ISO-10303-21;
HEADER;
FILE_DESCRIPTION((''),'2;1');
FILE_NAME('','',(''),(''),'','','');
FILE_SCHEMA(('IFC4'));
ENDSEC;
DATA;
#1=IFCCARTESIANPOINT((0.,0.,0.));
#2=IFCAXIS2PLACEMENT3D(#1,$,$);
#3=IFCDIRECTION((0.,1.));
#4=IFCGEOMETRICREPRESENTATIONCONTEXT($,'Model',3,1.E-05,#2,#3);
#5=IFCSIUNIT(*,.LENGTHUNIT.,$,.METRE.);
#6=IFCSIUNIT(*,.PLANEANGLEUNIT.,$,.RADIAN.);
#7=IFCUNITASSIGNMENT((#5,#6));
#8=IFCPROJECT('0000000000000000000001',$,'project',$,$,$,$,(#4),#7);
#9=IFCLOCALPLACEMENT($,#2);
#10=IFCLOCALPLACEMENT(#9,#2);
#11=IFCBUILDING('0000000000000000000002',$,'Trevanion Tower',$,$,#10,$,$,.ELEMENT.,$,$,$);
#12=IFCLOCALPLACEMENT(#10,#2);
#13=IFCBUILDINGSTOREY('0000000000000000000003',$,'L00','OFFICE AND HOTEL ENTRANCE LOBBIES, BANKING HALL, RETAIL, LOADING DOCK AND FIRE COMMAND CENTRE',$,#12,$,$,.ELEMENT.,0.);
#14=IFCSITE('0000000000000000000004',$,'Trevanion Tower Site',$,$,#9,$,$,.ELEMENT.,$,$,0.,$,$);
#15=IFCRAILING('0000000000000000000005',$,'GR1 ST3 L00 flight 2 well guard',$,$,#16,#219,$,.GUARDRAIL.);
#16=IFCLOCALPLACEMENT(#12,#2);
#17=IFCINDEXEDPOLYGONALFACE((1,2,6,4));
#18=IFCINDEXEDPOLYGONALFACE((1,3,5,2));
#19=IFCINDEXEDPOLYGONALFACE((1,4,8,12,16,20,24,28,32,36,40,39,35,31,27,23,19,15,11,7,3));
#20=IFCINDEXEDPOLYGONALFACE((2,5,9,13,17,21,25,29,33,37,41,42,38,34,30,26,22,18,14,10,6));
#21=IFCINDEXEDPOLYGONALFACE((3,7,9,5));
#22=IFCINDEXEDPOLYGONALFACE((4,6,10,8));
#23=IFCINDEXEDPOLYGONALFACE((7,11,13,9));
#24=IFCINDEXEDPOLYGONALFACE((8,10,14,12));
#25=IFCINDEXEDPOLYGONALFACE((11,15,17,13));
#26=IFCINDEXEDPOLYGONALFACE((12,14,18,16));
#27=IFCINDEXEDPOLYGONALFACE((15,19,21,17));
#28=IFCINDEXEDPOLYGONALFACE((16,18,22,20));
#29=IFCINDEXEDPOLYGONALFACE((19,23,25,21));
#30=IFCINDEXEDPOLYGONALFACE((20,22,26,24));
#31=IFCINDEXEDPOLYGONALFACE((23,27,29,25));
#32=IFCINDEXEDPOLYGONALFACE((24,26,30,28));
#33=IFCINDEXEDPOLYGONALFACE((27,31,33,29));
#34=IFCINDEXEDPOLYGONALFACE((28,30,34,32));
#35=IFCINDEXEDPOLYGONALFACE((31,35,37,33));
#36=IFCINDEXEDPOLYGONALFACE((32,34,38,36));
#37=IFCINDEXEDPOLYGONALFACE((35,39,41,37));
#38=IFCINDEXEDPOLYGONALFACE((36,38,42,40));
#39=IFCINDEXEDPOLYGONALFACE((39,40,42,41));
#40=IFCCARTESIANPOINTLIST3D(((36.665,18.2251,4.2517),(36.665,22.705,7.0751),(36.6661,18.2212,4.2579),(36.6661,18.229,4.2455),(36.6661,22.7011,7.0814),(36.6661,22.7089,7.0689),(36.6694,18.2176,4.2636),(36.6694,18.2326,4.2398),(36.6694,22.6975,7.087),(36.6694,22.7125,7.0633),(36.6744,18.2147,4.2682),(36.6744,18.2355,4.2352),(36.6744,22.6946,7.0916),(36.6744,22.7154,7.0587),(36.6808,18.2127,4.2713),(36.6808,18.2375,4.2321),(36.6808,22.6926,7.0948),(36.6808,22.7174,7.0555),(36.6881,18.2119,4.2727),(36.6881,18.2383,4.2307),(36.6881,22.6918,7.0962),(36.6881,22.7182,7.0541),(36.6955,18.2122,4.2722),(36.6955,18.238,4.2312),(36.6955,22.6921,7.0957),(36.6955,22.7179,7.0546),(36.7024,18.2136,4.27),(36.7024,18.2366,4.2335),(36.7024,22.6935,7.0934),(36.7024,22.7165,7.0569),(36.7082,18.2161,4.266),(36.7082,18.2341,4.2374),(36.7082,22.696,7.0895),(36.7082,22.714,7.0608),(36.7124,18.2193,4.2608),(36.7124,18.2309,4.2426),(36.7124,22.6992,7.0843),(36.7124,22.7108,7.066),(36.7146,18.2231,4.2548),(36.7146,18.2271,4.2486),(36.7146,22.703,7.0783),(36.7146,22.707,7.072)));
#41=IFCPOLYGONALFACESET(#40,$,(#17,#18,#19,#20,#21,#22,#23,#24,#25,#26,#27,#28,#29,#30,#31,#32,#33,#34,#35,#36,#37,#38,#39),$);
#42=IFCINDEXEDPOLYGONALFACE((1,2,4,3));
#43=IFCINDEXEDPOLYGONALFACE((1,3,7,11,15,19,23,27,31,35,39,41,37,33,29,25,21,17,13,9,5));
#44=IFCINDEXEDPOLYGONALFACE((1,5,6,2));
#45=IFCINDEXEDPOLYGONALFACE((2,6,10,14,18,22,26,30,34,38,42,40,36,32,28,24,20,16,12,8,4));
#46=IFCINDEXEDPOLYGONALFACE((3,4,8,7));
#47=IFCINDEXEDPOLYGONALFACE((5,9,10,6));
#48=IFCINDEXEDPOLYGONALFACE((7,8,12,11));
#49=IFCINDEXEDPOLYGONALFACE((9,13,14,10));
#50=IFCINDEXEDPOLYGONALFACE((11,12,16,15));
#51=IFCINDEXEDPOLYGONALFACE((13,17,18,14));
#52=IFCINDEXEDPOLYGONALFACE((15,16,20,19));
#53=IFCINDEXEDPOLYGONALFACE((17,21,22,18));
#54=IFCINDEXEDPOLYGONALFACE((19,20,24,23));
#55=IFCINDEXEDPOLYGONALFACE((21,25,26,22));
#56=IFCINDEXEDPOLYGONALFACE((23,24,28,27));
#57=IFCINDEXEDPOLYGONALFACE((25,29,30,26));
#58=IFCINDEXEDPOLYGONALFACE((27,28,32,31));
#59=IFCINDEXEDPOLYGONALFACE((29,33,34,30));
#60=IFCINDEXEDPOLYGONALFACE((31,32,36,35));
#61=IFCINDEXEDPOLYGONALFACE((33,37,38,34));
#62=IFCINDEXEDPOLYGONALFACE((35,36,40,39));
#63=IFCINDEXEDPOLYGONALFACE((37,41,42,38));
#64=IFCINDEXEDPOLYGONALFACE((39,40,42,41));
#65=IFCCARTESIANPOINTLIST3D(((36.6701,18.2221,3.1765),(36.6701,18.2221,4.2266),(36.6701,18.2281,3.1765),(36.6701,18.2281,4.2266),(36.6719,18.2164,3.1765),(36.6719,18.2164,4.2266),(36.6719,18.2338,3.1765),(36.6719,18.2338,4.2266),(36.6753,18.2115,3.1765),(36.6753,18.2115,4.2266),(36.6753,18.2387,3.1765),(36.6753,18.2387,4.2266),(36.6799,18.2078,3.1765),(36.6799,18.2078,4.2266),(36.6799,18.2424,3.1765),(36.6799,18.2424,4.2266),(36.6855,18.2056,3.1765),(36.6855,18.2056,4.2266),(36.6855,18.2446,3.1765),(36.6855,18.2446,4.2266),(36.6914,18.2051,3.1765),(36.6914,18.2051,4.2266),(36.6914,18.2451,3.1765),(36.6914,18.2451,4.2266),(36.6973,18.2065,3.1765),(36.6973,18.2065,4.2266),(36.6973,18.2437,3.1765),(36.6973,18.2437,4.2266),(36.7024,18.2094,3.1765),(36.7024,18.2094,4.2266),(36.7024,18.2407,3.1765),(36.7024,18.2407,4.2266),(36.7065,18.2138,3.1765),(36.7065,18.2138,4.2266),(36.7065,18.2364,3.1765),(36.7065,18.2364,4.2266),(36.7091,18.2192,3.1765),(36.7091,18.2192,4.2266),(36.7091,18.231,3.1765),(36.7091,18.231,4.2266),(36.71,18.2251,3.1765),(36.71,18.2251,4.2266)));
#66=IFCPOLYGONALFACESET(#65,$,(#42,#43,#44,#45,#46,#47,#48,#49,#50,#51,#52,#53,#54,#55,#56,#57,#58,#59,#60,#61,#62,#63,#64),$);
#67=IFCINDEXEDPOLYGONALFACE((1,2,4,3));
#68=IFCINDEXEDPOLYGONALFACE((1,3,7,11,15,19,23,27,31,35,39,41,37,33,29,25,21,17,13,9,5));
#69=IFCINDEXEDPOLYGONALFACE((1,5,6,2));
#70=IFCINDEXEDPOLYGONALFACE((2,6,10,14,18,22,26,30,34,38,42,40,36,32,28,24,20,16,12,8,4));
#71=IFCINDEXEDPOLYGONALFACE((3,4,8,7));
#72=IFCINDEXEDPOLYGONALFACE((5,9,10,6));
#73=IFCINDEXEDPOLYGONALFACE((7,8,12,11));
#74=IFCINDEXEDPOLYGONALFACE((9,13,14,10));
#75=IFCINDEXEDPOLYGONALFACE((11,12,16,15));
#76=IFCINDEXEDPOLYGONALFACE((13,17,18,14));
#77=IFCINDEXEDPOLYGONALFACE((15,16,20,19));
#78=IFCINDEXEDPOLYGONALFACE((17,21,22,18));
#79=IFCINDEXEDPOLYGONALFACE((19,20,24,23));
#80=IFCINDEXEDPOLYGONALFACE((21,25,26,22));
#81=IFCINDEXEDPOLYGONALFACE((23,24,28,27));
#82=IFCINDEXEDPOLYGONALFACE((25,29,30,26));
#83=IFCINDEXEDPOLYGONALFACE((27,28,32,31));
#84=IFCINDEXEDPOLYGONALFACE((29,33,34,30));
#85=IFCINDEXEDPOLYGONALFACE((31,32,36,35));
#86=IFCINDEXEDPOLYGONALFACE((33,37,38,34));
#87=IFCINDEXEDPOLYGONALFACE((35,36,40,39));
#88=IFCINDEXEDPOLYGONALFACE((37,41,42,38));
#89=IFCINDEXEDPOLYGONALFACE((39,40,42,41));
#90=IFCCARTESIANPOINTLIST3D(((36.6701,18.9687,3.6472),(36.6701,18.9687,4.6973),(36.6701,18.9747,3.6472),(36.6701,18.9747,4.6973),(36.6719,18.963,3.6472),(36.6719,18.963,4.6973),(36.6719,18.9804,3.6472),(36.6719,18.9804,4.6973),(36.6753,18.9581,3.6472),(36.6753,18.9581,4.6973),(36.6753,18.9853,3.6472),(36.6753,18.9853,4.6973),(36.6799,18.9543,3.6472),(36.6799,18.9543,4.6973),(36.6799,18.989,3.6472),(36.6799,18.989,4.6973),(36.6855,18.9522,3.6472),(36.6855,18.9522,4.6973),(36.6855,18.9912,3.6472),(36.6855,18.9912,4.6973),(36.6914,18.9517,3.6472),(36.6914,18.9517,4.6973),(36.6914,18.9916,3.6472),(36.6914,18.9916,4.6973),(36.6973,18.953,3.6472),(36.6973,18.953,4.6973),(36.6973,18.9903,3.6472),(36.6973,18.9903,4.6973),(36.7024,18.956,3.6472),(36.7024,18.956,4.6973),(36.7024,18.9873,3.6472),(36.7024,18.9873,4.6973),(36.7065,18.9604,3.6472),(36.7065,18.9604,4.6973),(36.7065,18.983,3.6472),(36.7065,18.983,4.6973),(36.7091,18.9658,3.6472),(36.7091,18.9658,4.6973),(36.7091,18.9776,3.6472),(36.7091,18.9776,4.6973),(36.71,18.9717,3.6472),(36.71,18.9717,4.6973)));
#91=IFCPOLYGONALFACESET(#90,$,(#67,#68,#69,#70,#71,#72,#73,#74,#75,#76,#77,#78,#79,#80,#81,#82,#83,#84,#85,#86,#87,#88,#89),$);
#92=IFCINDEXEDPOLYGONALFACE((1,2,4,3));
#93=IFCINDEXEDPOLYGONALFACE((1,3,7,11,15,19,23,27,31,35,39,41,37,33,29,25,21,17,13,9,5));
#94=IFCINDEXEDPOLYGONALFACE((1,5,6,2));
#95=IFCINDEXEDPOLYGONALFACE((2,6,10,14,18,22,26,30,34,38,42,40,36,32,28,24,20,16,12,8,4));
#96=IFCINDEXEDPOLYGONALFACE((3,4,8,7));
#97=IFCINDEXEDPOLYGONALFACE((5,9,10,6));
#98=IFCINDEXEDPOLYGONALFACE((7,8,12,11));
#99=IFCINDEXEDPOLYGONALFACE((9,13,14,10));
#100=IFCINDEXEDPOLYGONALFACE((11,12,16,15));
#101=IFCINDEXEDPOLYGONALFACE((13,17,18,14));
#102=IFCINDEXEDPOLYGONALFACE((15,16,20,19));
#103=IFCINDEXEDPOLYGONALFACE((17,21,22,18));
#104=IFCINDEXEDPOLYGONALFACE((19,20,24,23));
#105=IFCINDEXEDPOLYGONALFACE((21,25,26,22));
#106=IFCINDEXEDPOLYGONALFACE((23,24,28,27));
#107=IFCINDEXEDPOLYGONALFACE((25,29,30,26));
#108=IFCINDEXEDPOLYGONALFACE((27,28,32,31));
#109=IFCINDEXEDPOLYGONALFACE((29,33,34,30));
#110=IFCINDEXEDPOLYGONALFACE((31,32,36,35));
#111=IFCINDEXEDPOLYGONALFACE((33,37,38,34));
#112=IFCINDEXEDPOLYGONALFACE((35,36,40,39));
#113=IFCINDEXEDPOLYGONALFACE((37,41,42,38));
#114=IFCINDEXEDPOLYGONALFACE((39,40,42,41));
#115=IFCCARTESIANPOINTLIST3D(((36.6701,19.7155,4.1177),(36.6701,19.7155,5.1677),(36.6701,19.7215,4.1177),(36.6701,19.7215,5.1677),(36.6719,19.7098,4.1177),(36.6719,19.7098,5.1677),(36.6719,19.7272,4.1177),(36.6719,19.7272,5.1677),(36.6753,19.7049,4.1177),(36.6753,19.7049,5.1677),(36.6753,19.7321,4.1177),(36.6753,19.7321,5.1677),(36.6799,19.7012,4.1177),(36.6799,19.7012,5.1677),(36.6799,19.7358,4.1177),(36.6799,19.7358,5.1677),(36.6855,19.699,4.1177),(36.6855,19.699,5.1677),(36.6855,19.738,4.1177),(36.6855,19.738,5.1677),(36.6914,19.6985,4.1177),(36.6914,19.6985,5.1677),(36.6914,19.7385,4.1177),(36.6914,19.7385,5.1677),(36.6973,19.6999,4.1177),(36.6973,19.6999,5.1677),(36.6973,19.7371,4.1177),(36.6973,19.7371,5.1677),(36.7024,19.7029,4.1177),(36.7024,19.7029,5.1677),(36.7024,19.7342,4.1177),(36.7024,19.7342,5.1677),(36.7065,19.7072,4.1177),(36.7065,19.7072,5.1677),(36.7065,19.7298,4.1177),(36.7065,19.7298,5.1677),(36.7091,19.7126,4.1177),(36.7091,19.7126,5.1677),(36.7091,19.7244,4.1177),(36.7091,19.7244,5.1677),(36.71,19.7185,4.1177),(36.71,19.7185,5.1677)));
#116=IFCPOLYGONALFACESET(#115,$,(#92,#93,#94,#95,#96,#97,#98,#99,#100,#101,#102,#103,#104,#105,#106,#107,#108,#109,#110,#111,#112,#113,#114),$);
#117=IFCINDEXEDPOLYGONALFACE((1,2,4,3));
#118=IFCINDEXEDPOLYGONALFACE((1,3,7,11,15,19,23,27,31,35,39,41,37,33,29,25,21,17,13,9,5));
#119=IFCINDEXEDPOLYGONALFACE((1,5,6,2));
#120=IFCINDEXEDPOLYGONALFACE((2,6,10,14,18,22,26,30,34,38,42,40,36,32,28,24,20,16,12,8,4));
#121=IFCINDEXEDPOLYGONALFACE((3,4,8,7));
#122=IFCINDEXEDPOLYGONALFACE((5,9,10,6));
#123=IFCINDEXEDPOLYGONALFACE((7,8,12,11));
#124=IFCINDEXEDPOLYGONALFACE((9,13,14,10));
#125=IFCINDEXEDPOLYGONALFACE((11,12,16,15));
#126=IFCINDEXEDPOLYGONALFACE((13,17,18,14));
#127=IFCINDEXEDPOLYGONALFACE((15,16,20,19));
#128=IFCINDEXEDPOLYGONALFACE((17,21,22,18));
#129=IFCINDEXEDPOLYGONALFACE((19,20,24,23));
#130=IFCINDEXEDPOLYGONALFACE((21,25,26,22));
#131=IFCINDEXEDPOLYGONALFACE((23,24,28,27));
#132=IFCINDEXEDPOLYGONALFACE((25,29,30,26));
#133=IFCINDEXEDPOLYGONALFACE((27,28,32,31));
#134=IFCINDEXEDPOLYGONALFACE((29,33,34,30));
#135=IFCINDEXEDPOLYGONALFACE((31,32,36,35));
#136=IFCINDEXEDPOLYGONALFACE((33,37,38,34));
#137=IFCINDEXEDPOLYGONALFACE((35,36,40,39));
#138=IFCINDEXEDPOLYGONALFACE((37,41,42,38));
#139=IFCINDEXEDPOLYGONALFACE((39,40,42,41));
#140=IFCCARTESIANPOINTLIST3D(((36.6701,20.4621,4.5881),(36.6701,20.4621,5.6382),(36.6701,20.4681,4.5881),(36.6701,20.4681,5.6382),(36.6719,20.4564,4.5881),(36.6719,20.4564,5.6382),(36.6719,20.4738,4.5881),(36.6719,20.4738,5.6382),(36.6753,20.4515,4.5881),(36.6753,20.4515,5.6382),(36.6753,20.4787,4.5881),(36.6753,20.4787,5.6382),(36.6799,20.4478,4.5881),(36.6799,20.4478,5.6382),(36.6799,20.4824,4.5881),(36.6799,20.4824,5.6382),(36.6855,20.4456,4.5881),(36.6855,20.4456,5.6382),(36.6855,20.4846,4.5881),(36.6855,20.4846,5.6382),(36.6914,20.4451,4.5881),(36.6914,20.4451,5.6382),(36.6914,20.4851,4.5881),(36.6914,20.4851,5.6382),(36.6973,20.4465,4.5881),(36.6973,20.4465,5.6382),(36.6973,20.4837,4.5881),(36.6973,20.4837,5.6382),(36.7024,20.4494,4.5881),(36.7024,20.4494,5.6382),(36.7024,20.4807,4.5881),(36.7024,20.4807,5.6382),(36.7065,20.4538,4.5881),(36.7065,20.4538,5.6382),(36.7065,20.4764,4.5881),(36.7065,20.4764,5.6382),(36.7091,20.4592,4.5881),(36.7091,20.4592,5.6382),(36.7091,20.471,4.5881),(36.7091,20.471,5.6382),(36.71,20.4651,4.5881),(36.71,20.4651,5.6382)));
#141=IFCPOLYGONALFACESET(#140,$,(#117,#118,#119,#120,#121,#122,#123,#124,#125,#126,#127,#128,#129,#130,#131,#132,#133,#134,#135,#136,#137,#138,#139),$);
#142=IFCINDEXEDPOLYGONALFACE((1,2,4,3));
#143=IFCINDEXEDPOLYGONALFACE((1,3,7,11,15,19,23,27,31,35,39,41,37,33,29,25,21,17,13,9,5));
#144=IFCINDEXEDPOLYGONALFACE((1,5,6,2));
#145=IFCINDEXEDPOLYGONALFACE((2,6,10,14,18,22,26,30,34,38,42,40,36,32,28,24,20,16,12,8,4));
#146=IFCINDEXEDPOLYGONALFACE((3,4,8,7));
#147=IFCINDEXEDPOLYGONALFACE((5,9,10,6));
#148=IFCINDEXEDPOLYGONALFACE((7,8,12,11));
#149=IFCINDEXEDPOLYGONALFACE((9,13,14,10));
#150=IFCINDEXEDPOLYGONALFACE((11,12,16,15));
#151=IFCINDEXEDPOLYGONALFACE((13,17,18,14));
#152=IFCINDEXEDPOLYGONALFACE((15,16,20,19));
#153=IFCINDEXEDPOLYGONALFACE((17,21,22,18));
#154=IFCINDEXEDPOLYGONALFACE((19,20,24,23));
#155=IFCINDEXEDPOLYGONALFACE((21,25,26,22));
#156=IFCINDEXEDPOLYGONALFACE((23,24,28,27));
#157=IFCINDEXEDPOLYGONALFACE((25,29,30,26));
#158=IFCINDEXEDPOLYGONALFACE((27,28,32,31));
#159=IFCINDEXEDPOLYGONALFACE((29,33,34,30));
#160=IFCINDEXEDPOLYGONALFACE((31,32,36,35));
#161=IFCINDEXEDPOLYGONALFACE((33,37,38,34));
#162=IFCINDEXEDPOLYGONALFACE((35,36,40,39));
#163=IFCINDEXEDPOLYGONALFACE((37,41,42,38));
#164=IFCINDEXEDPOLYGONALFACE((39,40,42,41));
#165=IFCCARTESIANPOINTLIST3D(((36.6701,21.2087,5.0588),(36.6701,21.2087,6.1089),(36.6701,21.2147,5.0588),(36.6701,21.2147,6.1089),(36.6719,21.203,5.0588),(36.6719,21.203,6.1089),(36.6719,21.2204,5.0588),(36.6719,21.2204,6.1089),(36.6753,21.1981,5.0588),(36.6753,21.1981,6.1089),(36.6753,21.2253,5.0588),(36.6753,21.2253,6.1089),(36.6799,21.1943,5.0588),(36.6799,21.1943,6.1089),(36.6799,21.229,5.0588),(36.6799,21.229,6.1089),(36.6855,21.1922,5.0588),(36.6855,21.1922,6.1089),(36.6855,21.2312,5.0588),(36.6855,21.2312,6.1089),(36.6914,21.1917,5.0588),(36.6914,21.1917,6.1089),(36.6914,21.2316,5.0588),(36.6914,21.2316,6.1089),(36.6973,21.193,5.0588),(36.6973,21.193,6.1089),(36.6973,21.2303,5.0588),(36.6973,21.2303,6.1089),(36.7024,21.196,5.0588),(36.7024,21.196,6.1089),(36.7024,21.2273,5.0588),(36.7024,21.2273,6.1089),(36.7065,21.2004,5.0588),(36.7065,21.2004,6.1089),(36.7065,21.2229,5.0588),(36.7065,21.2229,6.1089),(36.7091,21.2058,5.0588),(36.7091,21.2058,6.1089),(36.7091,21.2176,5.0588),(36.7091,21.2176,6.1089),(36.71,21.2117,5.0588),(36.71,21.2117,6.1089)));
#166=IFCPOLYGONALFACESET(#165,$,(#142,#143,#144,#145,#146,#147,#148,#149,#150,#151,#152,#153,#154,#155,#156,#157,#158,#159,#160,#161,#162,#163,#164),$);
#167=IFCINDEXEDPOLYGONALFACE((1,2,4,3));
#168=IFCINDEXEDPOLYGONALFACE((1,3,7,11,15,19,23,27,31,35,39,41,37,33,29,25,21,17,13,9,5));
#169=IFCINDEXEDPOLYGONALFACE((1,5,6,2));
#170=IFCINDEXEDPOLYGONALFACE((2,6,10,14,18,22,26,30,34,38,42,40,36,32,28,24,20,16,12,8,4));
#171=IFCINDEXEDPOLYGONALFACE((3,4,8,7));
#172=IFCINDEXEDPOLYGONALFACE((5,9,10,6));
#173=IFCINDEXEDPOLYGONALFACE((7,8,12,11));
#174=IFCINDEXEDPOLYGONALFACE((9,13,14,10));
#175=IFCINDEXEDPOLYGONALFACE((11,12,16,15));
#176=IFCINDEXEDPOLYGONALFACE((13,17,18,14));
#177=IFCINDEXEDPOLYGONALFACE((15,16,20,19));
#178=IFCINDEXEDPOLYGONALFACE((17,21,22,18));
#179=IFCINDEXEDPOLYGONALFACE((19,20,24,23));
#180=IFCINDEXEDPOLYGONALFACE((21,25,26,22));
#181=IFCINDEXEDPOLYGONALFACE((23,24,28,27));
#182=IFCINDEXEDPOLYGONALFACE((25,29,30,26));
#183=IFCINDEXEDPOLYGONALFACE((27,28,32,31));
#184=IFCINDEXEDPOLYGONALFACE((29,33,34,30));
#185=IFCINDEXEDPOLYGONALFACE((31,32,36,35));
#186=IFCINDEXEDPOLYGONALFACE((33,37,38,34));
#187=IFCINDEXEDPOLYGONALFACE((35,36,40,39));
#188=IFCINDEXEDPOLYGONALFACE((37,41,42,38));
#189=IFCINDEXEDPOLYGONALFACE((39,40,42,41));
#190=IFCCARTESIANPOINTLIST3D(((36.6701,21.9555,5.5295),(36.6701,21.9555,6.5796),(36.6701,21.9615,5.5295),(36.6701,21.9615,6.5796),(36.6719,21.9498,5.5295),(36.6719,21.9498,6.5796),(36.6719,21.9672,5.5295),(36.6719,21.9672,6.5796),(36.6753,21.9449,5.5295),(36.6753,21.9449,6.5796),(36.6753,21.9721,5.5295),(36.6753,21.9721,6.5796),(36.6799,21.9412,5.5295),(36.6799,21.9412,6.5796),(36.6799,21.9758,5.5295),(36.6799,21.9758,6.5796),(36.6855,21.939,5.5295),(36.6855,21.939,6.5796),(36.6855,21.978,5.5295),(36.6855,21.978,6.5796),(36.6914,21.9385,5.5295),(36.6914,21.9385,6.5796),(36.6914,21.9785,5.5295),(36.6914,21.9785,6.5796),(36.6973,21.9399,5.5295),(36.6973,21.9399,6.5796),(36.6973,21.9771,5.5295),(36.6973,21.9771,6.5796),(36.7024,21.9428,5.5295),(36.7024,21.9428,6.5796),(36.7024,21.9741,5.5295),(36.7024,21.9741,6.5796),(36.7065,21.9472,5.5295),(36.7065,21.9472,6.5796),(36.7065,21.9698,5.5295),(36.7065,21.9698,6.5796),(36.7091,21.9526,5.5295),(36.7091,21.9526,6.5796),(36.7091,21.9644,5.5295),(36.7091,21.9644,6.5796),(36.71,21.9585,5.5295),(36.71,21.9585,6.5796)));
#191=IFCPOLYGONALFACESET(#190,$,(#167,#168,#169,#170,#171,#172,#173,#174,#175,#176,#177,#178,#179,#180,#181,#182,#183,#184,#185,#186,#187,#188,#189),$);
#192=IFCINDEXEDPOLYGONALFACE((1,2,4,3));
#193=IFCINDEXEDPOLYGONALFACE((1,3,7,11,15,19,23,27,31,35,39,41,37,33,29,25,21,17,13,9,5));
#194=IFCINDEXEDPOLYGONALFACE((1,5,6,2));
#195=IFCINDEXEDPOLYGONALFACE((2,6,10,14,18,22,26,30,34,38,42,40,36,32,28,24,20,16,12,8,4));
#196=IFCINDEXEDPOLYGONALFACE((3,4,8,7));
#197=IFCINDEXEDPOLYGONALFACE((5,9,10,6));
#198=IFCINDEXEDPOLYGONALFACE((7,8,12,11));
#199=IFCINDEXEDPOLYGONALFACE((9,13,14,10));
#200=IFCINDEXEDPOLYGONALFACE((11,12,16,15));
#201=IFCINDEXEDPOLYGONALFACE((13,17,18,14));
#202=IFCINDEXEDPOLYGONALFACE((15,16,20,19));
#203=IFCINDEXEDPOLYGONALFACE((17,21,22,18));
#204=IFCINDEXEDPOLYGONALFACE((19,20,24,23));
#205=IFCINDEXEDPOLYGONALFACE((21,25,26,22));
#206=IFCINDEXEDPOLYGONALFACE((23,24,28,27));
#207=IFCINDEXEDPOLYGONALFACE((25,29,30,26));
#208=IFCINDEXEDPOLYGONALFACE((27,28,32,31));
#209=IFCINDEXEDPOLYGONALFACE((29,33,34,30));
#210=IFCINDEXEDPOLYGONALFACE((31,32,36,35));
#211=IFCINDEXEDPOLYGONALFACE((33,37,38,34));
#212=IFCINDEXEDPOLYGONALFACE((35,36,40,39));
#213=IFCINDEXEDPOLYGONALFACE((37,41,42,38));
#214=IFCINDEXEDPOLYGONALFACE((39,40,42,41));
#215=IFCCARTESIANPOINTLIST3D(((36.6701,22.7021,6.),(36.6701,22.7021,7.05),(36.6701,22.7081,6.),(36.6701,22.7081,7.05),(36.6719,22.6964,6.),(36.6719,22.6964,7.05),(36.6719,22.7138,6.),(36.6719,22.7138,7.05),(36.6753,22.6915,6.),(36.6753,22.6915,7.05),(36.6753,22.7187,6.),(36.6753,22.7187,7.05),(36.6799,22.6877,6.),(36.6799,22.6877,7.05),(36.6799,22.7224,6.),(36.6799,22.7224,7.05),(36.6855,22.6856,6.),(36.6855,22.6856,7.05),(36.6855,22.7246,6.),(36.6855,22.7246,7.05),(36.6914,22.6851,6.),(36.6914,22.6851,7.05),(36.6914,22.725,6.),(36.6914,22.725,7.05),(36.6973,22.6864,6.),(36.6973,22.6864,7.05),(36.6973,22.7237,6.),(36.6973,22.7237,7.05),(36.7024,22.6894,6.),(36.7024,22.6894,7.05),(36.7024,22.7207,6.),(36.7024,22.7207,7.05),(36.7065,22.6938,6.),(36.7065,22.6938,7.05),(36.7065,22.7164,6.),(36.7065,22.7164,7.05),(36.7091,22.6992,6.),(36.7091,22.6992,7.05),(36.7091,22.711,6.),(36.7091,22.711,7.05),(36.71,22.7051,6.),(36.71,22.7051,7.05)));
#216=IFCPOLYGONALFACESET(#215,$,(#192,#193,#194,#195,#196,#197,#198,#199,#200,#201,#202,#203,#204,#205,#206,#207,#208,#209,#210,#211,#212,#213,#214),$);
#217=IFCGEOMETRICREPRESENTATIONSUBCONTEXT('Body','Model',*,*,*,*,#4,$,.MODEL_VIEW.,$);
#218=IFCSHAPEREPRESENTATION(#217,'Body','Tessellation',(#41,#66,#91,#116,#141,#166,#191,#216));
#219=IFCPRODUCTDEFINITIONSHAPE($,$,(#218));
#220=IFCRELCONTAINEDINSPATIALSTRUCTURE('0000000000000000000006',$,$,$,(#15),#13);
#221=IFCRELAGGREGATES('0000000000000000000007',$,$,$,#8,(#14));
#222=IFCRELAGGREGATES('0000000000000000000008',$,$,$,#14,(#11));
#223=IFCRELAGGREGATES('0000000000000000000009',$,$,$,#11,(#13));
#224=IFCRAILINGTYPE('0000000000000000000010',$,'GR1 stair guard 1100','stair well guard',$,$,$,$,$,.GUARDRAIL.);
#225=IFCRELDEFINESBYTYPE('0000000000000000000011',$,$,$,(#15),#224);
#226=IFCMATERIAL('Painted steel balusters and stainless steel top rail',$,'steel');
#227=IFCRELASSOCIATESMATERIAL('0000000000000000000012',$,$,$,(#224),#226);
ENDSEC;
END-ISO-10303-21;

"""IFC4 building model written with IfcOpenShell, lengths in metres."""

from ifc_helpers import new_model, si_unit, direction, frame, origin, origin_2d, place, context, subcontext, project, spatial, circle, extrude, material, type_object, element, save


model = new_model("IFC4")

# Units and contexts
model_context = context("Model", 3, precision=1e-05, world=origin(), true_north=direction((0.0, 1.0)))
body_context = subcontext(model_context, "Body", "Model", "MODEL_VIEW")
ifc_project = project(units=[si_unit("LENGTHUNIT", "METRE"), si_unit("PLANEANGLEUNIT", "RADIAN")], contexts=[model_context])

# Site, building, storey
site_placement = place(None, origin())
site = spatial("IfcSite", under=ifc_project, at=site_placement, Name="Trevanion Tower Site", CompositionType="ELEMENT", RefElevation=0.0)
building_placement = place(site_placement, origin())
building = spatial("IfcBuilding", under=site, at=building_placement, Name="Trevanion Tower", CompositionType="ELEMENT")
storey_placement = place(building_placement, origin())
storey = spatial("IfcBuildingStorey", under=building, at=storey_placement, Name="L00", Description="OFFICE AND HOTEL ENTRANCE LOBBIES, BANKING HALL, RETAIL, LOADING DOCK AND FIRE COMMAND CENTRE", CompositionType="ELEMENT", Elevation=0.0)

# Railing
ifc_material_1 = material(Name="Painted steel balusters and stainless steel top rail", Category="steel")
railing_type_1 = type_object("IfcRailingType", Name="GR1 stair guard 1100", Description="stair well guard", PredefinedType="GUARDRAIL", material=ifc_material_1)
railing_1_placement = place(storey_placement, frame((36.6899, 18.2251, 3.1765)))
element("IfcRailing", 1, at=railing_1_placement, inside=storey, type_object=railing_type_1, Name="GR1 ST3 L00 flight 2 well guard", PredefinedType="GUARDRAIL", context=body_context, shape_type="SweptSolid", body=[
    extrude(circle(Radius=0.0249, at=origin_2d()), frame((0.0, 0.0, 1.0752), z_axis=(0.0, 0.845998, 0.533186), x_axis=(-1.0, 0.0, 0.0)), (0.0, 0.0, 1.0), 5.2954),
    extrude(circle(Radius=0.02, at=origin_2d()), origin(), (0.0, 0.0, 1.0), 1.05),
    extrude(circle(Radius=0.02, at=origin_2d()), frame((0.0, 0.7466, 0.4707)), (0.0, 0.0, 1.0), 1.05),
    extrude(circle(Radius=0.02, at=origin_2d()), frame((0.0, 1.4934, 0.9412)), (0.0, 0.0, 1.0), 1.05),
    extrude(circle(Radius=0.02, at=origin_2d()), frame((0.0, 2.24, 1.4116)), (0.0, 0.0, 1.0), 1.05),
    extrude(circle(Radius=0.02, at=origin_2d()), frame((0.0, 2.9866, 1.8823)), (0.0, 0.0, 1.0), 1.05),
    extrude(circle(Radius=0.02, at=origin_2d()), frame((0.0, 3.7334, 2.353)), (0.0, 0.0, 1.0), 1.05),
    extrude(circle(Radius=0.02, at=origin_2d()), frame((0.0, 4.48, 2.8235)), (0.0, 0.0, 1.0), 1.05),
])

save(model, "model.ifc")
